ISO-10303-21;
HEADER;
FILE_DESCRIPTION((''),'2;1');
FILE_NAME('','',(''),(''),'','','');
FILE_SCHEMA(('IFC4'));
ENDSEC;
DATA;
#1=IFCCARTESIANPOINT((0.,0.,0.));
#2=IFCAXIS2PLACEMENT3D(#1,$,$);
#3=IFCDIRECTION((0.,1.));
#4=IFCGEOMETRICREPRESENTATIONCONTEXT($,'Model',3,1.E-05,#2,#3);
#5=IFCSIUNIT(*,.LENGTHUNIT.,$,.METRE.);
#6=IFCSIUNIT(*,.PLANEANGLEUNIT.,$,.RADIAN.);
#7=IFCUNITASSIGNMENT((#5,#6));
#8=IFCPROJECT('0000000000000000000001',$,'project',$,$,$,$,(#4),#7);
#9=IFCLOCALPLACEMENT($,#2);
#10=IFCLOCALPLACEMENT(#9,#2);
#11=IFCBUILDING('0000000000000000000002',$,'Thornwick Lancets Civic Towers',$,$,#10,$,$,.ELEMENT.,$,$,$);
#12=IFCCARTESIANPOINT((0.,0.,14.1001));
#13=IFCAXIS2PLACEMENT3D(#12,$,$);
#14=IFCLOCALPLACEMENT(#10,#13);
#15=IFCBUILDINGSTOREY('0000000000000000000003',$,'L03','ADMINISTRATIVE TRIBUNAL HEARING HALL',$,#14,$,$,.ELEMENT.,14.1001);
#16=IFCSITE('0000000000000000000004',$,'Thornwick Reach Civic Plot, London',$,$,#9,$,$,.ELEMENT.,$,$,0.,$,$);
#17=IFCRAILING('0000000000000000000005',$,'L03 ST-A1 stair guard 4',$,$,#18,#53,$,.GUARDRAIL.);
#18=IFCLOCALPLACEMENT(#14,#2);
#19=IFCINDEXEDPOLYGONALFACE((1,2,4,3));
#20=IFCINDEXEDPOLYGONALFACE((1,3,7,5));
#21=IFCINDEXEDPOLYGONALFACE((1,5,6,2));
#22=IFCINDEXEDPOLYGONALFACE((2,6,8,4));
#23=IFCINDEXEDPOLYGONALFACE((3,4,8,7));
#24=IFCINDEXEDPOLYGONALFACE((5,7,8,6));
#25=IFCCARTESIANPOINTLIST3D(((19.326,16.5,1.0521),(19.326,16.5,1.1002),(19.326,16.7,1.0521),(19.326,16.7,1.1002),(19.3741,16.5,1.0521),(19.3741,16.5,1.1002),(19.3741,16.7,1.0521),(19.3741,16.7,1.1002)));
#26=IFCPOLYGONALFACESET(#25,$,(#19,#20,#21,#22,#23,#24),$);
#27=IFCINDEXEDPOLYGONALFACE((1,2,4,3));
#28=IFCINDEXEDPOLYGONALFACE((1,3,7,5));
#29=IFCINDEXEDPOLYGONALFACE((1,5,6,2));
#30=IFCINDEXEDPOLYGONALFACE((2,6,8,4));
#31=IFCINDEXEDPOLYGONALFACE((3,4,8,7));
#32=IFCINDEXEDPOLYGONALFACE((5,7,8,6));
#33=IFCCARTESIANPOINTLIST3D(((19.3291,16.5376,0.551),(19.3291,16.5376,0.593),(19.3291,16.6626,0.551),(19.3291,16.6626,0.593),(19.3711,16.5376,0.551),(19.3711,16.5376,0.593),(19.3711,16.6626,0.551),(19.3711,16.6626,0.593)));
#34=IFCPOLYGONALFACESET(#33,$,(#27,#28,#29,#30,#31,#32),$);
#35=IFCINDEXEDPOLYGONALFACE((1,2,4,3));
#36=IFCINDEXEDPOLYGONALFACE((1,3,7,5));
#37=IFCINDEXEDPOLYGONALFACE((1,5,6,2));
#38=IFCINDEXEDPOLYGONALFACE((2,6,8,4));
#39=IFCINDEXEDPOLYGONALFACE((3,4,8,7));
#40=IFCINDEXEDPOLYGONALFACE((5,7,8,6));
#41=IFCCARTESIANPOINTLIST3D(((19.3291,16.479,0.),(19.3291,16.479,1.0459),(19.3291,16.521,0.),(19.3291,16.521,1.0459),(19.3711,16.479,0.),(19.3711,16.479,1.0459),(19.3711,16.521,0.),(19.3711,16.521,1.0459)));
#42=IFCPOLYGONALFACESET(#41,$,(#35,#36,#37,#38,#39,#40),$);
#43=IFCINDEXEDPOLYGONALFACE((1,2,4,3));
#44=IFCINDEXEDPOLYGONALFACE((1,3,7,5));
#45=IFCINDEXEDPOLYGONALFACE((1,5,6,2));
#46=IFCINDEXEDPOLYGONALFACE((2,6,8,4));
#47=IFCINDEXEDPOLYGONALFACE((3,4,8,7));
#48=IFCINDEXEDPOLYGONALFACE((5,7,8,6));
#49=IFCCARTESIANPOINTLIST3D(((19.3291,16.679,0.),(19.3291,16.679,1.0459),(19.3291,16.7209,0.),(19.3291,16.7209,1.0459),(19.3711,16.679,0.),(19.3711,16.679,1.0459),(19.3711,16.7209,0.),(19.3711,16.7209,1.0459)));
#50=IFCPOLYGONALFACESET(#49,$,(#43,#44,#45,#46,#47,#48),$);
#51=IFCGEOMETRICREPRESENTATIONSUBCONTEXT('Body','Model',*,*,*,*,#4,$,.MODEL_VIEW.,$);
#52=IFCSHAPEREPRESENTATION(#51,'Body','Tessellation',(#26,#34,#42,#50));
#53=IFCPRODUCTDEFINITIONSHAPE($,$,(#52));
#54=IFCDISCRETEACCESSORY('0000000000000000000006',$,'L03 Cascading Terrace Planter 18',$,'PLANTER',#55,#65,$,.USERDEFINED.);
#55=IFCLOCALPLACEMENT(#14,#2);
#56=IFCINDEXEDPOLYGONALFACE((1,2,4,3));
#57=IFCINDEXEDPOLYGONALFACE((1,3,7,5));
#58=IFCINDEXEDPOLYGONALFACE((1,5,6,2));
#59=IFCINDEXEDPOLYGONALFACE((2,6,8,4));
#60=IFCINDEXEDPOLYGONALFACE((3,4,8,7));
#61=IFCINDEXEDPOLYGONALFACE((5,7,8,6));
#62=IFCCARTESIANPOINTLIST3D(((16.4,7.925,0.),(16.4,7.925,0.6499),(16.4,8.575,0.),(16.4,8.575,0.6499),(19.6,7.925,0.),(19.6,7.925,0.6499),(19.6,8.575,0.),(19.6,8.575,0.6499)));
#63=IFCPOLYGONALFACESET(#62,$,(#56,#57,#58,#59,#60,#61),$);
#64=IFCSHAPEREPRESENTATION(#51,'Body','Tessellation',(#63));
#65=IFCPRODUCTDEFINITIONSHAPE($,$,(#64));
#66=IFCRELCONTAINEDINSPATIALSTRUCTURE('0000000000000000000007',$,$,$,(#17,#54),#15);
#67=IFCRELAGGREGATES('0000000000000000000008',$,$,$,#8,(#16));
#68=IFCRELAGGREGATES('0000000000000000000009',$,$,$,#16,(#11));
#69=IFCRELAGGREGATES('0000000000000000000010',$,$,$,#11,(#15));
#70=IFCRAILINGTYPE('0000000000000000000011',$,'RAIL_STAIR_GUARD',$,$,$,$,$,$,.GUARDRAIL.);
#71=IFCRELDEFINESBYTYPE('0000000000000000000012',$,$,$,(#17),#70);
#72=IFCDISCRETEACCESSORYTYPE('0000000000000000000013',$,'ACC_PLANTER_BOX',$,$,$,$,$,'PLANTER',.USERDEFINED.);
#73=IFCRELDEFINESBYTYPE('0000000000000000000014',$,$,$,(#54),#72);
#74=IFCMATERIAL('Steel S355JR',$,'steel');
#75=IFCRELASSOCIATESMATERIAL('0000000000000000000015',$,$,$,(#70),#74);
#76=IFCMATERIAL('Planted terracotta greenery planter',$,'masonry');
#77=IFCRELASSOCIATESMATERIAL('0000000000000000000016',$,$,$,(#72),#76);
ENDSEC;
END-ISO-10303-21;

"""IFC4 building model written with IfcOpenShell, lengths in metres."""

from ifc_helpers import new_model, si_unit, direction, frame, origin, origin_2d, place, context, subcontext, project, spatial, rectangle, extrude, material, type_object, element, save


model = new_model("IFC4")

# Units and contexts
model_context = context("Model", 3, precision=1e-05, world=origin(), true_north=direction((0.0, 1.0)))
body_context = subcontext(model_context, "Body", "Model", "MODEL_VIEW")
ifc_project = project(units=[si_unit("LENGTHUNIT", "METRE"), si_unit("PLANEANGLEUNIT", "RADIAN")], contexts=[model_context])

# Site, building, storey
site_placement = place(None, origin())
site = spatial("IfcSite", under=ifc_project, at=site_placement, Name="Thornwick Reach Civic Plot, London", CompositionType="ELEMENT", RefElevation=0.0)
building_placement = place(site_placement, origin())
building = spatial("IfcBuilding", under=site, at=building_placement, Name="Thornwick Lancets Civic Towers", CompositionType="ELEMENT")
storey_placement = place(building_placement, frame((0.0, 0.0, 14.1001)))
storey = spatial("IfcBuildingStorey", under=building, at=storey_placement, Name="L03", Description="ADMINISTRATIVE TRIBUNAL HEARING HALL", CompositionType="ELEMENT", Elevation=14.1001)

# Shared definitions
ifc_material_1 = material(Name="Steel S355JR", Category="steel")

# Railing
railing_type_1 = type_object("IfcRailingType", Name="RAIL_STAIR_GUARD", PredefinedType="GUARDRAIL", material=ifc_material_1)
railing_1_placement = place(storey_placement, frame((19.3501, 16.5, 0.0)))
element("IfcRailing", 1, at=railing_1_placement, inside=storey, type_object=railing_type_1, Name="L03 ST-A1 stair guard 4", PredefinedType="GUARDRAIL", context=body_context, shape_type="SweptSolid", body=[
    extrude(rectangle(XDim=0.0481, YDim=0.0481, at=origin_2d()), frame((0.0, 0.0, 1.0762), z_axis=(0.0, 1.0, 0.0), x_axis=(-1.0, 0.0, 0.0)), (0.0, 0.0, 1.0), 0.2),
    extrude(rectangle(XDim=0.042, YDim=0.042, at=origin_2d()), frame((0.0, 0.0376, 0.572), z_axis=(0.0, 1.0, 0.0), x_axis=(-1.0, 0.0, 0.0)), (0.0, 0.0, 1.0), 0.125),
    extrude(rectangle(XDim=0.042, YDim=0.042, at=origin_2d()), origin(), (0.0, 0.0, 1.0), 1.0459),
    extrude(rectangle(XDim=0.042, YDim=0.042, at=origin_2d()), frame((0.0, 0.2, 0.0)), (0.0, 0.0, 1.0), 1.0459),
])

# Discrete accessory
ifc_material_2 = material(Name="Planted terracotta greenery planter", Category="masonry")
discrete_accessory_type = type_object("IfcDiscreteAccessoryType", Name="ACC_PLANTER_BOX", ElementType="PLANTER", PredefinedType="USERDEFINED", material=ifc_material_2)
discrete_accessory_placement = place(storey_placement, frame((18.0, 8.25, 0.0), z_axis=(0.0, 0.0, 1.0), x_axis=(1.0, 0.0, 0.0)))
element("IfcDiscreteAccessory", 2, at=discrete_accessory_placement, inside=storey, type_object=discrete_accessory_type, Name="L03 Cascading Terrace Planter 18", ObjectType="PLANTER", PredefinedType="USERDEFINED", context=body_context, shape_type="SweptSolid", body=[
    extrude(rectangle(XDim=3.2, YDim=0.6499, at=origin_2d()), origin(), (0.0, 0.0, 1.0), 0.6499),
])

save(model, "model.ifc")
